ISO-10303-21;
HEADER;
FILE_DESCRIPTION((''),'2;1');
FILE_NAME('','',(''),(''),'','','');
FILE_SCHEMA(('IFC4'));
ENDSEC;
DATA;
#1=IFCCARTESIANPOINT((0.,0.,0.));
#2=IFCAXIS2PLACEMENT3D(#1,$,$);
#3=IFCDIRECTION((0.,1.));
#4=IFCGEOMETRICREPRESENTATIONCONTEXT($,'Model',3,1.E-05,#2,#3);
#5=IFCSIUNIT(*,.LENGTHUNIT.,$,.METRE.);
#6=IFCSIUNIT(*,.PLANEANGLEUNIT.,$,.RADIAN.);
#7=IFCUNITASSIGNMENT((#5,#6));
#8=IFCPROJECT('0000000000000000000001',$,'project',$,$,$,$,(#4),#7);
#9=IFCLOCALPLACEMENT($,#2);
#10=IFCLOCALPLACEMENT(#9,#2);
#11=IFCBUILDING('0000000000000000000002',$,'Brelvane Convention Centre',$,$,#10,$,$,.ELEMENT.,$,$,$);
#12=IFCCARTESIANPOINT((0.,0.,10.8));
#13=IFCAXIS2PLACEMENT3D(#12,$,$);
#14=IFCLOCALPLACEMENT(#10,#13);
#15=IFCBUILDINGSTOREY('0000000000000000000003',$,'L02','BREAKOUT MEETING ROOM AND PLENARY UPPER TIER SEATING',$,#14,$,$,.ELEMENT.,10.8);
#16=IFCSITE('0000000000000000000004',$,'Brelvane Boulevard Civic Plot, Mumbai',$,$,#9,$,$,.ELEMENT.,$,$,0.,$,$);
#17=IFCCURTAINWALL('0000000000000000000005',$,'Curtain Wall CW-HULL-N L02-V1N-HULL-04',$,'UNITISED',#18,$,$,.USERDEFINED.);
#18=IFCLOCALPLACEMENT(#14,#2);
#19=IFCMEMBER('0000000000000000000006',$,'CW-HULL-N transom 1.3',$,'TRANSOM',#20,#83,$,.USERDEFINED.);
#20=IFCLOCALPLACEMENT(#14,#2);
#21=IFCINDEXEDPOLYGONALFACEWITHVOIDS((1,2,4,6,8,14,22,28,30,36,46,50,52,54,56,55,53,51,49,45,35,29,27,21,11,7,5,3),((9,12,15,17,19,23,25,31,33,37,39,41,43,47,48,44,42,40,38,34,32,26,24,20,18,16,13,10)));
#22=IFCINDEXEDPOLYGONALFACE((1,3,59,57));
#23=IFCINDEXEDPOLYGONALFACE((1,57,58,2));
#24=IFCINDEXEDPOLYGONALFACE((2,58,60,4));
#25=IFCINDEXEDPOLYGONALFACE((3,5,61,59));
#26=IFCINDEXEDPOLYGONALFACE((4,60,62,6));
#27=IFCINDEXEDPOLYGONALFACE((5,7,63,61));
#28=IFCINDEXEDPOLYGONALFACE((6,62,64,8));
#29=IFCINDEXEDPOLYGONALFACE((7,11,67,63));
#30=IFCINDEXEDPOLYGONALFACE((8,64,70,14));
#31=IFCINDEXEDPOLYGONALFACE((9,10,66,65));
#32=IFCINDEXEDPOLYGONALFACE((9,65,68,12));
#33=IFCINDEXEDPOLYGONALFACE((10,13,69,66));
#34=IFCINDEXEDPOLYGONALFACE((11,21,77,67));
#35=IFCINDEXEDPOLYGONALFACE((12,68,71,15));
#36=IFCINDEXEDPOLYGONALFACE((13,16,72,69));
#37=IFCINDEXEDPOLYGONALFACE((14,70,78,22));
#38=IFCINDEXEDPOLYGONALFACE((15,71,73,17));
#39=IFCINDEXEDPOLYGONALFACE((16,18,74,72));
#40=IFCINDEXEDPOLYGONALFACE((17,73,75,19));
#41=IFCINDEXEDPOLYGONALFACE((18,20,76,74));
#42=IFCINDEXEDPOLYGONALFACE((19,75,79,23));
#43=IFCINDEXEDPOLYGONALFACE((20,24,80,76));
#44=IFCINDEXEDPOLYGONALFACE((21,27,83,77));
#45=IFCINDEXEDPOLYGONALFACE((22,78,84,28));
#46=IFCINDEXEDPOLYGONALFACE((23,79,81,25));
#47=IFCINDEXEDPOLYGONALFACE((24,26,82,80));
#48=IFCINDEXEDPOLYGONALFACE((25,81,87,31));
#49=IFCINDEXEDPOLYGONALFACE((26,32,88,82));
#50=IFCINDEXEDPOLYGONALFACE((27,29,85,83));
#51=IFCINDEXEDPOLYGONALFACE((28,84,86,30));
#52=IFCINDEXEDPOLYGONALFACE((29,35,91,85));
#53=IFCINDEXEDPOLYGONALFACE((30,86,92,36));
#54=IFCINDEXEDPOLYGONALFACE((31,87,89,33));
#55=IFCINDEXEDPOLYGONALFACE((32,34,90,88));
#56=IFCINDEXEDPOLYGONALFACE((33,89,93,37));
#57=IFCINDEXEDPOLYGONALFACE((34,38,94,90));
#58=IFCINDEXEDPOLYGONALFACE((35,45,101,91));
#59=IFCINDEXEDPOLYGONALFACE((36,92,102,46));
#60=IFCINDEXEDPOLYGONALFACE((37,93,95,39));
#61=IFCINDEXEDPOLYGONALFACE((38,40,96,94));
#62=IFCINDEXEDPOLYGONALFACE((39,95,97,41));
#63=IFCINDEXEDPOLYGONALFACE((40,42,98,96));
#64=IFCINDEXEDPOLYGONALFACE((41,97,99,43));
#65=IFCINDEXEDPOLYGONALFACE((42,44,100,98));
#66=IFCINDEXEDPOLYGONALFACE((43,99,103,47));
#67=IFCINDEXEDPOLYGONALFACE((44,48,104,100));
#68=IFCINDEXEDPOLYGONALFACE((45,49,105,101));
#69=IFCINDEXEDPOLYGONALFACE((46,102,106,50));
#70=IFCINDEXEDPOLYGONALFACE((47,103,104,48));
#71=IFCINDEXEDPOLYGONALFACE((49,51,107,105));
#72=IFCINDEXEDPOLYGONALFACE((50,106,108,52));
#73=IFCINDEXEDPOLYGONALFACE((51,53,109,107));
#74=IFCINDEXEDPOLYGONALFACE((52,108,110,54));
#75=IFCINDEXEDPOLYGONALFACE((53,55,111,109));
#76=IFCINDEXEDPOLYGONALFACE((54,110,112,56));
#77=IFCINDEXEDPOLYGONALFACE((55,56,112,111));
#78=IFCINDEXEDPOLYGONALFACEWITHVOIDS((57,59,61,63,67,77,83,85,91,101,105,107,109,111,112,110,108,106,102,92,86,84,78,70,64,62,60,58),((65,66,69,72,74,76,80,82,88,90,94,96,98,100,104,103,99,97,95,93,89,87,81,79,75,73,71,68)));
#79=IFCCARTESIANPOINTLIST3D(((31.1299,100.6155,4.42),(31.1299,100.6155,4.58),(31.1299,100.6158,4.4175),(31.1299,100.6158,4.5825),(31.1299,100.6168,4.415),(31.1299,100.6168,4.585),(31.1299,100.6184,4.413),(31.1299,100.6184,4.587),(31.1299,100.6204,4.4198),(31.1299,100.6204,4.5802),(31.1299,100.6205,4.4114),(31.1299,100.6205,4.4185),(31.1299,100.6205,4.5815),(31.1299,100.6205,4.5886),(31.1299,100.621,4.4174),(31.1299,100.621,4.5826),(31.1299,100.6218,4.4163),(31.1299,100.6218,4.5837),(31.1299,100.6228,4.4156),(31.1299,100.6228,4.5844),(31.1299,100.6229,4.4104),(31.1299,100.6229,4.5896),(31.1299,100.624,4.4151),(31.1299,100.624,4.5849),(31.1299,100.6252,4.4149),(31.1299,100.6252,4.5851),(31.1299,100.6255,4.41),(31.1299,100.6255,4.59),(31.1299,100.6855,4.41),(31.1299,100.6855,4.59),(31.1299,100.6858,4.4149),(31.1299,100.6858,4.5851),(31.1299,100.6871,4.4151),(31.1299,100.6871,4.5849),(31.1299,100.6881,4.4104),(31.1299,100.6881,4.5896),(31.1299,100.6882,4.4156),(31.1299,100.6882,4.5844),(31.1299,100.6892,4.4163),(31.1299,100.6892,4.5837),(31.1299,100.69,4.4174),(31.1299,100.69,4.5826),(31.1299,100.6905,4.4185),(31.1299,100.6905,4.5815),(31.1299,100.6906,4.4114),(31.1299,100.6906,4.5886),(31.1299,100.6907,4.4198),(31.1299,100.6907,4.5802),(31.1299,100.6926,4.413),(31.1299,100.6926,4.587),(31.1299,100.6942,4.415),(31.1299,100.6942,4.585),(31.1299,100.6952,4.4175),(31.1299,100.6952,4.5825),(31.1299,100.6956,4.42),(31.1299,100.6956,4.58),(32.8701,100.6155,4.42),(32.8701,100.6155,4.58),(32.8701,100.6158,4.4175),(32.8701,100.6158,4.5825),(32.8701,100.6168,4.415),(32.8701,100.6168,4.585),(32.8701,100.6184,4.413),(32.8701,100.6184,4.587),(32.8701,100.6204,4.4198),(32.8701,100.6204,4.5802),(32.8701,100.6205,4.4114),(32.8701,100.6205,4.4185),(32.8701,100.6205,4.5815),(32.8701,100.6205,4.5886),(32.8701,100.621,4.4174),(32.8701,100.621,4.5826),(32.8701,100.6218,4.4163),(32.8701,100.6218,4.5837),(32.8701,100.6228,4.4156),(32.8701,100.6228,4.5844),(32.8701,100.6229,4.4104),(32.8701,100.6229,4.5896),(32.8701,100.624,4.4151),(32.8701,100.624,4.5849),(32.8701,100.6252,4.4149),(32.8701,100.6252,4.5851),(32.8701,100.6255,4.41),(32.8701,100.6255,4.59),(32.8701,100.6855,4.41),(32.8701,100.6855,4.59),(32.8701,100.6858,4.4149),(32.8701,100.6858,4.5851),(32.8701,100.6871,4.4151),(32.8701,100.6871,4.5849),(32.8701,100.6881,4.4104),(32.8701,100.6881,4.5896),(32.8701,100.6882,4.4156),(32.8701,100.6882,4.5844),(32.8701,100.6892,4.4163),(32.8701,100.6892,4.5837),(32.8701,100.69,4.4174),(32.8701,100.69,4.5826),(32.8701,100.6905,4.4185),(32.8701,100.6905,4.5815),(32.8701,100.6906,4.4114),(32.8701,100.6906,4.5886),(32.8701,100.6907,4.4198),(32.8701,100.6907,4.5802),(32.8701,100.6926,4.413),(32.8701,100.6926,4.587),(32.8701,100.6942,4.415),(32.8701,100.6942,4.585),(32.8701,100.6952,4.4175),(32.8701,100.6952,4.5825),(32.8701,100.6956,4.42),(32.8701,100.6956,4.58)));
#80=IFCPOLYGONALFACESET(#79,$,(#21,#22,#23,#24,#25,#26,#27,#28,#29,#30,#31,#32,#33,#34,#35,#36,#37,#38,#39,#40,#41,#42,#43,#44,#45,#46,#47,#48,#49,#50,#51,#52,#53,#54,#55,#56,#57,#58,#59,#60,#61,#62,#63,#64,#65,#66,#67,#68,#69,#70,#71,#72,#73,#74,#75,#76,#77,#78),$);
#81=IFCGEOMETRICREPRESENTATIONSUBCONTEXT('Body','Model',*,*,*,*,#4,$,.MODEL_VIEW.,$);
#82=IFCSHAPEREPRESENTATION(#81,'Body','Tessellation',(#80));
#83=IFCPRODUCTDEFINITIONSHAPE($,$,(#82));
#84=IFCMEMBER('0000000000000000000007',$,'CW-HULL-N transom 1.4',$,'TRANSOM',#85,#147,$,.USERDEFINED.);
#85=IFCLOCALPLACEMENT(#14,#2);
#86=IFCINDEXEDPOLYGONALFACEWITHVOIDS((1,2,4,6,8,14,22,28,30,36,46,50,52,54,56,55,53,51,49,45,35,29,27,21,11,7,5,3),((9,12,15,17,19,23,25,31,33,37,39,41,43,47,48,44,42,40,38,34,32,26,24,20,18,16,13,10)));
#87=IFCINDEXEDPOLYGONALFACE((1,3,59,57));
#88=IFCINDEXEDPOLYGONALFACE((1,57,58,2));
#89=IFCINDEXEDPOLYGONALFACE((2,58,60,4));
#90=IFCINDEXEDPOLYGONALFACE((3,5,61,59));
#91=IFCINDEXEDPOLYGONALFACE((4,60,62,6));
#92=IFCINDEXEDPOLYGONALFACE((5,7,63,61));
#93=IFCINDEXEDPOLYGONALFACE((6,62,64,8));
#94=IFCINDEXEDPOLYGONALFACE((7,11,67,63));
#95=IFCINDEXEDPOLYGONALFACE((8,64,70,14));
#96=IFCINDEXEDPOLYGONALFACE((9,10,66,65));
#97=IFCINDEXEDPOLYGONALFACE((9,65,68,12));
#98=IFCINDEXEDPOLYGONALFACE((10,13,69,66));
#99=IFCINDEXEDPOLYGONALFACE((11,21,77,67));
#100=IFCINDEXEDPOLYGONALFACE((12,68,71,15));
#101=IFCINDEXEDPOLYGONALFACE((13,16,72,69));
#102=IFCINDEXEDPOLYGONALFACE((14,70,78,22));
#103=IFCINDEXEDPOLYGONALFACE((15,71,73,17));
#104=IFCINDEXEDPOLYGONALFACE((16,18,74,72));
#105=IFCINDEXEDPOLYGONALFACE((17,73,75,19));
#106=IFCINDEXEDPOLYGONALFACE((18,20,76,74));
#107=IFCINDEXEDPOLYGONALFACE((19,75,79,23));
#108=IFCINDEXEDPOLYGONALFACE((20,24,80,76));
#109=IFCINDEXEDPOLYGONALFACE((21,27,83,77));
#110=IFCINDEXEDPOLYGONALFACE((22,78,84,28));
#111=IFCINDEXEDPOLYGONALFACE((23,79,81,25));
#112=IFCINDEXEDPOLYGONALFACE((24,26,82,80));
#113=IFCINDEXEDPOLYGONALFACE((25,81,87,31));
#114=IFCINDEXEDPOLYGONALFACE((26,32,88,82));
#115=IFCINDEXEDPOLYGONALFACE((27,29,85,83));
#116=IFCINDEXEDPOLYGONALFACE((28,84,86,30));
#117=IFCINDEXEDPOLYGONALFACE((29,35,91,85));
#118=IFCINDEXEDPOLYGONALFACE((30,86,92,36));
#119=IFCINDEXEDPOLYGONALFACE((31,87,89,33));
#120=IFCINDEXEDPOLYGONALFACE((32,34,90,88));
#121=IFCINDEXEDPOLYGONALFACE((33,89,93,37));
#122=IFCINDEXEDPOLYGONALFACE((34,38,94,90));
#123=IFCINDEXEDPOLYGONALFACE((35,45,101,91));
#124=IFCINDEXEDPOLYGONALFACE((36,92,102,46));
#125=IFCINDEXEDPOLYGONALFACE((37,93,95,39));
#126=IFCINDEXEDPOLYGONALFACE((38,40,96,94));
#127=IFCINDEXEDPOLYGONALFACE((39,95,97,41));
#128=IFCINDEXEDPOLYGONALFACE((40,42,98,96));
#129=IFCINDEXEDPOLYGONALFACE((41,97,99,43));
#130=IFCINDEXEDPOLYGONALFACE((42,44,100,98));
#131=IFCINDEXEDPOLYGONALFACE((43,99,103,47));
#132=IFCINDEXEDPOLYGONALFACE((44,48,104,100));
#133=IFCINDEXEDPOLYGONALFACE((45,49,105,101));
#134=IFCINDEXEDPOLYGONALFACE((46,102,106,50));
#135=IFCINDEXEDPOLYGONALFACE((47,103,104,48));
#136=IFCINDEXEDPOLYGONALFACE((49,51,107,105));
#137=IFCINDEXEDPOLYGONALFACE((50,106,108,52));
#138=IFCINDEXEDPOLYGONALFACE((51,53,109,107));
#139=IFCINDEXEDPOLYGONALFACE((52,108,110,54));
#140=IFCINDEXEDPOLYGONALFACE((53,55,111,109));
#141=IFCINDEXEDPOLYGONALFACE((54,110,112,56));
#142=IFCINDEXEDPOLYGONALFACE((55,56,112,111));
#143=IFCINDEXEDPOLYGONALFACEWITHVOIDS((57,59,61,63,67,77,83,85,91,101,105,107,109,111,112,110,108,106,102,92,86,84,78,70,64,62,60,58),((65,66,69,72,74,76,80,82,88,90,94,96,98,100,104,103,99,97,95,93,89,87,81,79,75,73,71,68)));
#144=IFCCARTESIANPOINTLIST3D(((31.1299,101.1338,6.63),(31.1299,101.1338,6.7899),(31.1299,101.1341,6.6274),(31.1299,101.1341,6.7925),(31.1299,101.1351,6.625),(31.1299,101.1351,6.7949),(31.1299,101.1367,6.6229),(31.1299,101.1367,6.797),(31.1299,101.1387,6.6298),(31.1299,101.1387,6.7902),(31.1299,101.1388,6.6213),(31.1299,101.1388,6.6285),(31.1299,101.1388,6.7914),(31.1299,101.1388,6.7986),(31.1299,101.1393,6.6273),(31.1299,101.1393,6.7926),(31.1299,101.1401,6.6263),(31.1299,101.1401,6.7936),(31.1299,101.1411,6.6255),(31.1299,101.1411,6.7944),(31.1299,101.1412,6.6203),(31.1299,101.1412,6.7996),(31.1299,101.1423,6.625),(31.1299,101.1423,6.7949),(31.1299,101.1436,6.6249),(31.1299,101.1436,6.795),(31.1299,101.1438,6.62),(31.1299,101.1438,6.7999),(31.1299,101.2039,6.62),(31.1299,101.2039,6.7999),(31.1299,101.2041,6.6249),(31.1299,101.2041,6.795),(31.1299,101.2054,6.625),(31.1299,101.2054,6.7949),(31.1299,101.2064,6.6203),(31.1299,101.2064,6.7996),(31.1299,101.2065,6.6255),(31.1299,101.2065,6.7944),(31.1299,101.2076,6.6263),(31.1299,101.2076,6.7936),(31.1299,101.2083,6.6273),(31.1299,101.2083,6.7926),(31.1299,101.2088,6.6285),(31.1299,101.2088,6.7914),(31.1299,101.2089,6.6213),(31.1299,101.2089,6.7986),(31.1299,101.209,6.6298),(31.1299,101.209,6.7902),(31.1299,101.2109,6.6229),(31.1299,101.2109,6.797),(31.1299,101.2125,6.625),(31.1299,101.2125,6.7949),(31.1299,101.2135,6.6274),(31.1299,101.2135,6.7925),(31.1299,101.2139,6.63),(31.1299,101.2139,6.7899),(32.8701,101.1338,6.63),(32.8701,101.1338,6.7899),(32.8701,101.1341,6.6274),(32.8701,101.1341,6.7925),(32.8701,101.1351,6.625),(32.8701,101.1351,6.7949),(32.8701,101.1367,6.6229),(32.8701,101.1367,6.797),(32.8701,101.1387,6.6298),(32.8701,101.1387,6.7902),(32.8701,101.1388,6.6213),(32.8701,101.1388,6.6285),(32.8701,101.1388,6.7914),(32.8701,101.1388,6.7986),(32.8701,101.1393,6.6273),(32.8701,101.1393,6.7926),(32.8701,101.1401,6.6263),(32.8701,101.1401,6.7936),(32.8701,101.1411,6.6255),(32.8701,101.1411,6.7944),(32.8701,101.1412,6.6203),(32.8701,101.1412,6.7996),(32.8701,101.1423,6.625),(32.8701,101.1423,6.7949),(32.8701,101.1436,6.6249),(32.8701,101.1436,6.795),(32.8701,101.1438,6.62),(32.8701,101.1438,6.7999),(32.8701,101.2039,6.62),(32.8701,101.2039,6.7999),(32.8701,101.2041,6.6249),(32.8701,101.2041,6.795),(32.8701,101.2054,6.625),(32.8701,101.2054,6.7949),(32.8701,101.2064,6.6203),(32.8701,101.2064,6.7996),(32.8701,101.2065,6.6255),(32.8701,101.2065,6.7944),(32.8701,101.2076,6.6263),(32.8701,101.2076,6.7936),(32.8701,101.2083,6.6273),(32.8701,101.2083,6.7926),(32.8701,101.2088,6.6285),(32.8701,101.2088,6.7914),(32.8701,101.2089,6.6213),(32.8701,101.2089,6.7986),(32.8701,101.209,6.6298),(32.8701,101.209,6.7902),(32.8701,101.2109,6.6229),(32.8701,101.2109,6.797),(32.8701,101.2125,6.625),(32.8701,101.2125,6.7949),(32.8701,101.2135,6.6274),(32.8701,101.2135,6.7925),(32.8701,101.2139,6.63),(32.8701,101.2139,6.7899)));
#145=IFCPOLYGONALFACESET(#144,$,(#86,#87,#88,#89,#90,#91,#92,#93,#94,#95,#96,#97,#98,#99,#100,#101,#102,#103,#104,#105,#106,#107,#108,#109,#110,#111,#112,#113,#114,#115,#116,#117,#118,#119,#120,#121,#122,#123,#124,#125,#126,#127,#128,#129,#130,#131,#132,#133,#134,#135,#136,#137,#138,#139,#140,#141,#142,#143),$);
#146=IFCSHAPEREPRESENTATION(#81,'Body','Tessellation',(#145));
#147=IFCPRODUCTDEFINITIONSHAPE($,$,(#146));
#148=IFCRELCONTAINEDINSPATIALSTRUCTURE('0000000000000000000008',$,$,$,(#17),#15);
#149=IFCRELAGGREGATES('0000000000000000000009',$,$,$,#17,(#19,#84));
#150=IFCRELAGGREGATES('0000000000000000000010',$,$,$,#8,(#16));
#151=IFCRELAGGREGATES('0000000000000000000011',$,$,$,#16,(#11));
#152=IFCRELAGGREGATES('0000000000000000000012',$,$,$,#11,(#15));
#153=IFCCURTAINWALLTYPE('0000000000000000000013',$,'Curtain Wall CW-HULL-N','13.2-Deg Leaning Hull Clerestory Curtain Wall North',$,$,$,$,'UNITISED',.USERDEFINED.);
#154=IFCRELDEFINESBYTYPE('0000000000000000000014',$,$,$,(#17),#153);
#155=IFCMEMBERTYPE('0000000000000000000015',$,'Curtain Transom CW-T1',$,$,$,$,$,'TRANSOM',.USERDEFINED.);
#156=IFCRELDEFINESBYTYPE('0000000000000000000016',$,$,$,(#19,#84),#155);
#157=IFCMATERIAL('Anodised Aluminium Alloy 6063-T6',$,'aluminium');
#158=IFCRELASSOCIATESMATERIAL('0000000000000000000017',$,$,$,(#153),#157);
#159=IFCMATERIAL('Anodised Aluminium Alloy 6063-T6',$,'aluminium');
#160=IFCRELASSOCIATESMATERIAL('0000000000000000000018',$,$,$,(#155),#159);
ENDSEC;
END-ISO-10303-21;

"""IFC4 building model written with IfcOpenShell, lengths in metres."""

from ifc_helpers import new_model, si_unit, direction, frame, origin, origin_2d, place, context, subcontext, project, spatial, hollow_rectangle, extrude, material, material_profile, profile_set, type_object, element, aggregate, save


model = new_model("IFC4")

# Units and contexts
model_context = context("Model", 3, precision=1e-05, world=origin(), true_north=direction((0.0, 1.0)))
body_context = subcontext(model_context, "Body", "Model", "MODEL_VIEW")
ifc_project = project(units=[si_unit("LENGTHUNIT", "METRE"), si_unit("PLANEANGLEUNIT", "RADIAN")], contexts=[model_context])

# Site, building, storey
site_placement = place(None, origin())
site = spatial("IfcSite", under=ifc_project, at=site_placement, Name="Brelvane Boulevard Civic Plot, Mumbai", CompositionType="ELEMENT", RefElevation=0.0)
building_placement = place(site_placement, origin())
building = spatial("IfcBuilding", under=site, at=building_placement, Name="Brelvane Convention Centre", CompositionType="ELEMENT")
storey_placement = place(building_placement, frame((0.0, 0.0, 10.8)))
storey = spatial("IfcBuildingStorey", under=building, at=storey_placement, Name="L02", Description="BREAKOUT MEETING ROOM AND PLENARY UPPER TIER SEATING", CompositionType="ELEMENT", Elevation=10.8)

# Curtain wall, members
ifc_material_1 = material(Name="Anodised Aluminium Alloy 6063-T6", Category="aluminium")
curtain_wall_type = type_object("IfcCurtainWallType", Name="Curtain Wall CW-HULL-N", Description="13.2-Deg Leaning Hull Clerestory Curtain Wall North", ElementType="UNITISED", PredefinedType="USERDEFINED", material=ifc_material_1)
curtain_wall_placement = place(storey_placement, origin())
curtain_wall = element("IfcCurtainWall", 1, at=curtain_wall_placement, inside=storey, type_object=curtain_wall_type, Name="Curtain Wall CW-HULL-N L02-V1N-HULL-04", ObjectType="UNITISED", PredefinedType="USERDEFINED")
ifc_material_2 = material(Name="Anodised Aluminium Alloy 6063-T6", Category="aluminium")
ifc_material_profile_1 = material_profile(ifc_material_2, hollow_rectangle(XDim=0.0801, YDim=0.1799, WallThickness=0.0049, InnerFilletRadius=0.0049, OuterFilletRadius=0.01, at=origin_2d()), Name="ALU-T 180x80x5.0")
ifc_profile_set_1 = profile_set([ifc_material_profile_1], Name="Anodised Aluminium Alloy 6063-T6")
member_type_1 = type_object("IfcMemberType", Name="Curtain Transom CW-T1", ElementType="TRANSOM", PredefinedType="USERDEFINED", material=ifc_profile_set_1)
member_1_placement = place(storey_placement, frame((31.1299, 100.6555, 4.5), z_axis=(1.0, 0.0, 0.0), x_axis=(0.0, 1.0, 0.0)))
member_1 = element("IfcMember", 2, at=member_1_placement, type_object=member_type_1, Name="CW-HULL-N transom 1.3", ObjectType="TRANSOM", PredefinedType="USERDEFINED", context=body_context, shape_type="SweptSolid", body=[
    extrude(hollow_rectangle(XDim=0.0801, YDim=0.1799, WallThickness=0.0049, InnerFilletRadius=0.0049, OuterFilletRadius=0.01, at=origin_2d()), origin(), (0.0, 0.0, 1.0), 1.7402),
])
member_2_placement = place(storey_placement, frame((31.1299, 101.1738, 6.71), z_axis=(1.0, 0.0, 0.0), x_axis=(0.0, 1.0, 0.0)))
member_2 = element("IfcMember", 3, at=member_2_placement, type_object=member_type_1, Name="CW-HULL-N transom 1.4", ObjectType="TRANSOM", PredefinedType="USERDEFINED", context=body_context, shape_type="SweptSolid", body=[
    extrude(hollow_rectangle(XDim=0.0801, YDim=0.1799, WallThickness=0.0049, InnerFilletRadius=0.0049, OuterFilletRadius=0.01, at=origin_2d()), origin(), (0.0, 0.0, 1.0), 1.7402),
])

aggregate(curtain_wall, [member_1, member_2])

save(model, "model.ifc")
